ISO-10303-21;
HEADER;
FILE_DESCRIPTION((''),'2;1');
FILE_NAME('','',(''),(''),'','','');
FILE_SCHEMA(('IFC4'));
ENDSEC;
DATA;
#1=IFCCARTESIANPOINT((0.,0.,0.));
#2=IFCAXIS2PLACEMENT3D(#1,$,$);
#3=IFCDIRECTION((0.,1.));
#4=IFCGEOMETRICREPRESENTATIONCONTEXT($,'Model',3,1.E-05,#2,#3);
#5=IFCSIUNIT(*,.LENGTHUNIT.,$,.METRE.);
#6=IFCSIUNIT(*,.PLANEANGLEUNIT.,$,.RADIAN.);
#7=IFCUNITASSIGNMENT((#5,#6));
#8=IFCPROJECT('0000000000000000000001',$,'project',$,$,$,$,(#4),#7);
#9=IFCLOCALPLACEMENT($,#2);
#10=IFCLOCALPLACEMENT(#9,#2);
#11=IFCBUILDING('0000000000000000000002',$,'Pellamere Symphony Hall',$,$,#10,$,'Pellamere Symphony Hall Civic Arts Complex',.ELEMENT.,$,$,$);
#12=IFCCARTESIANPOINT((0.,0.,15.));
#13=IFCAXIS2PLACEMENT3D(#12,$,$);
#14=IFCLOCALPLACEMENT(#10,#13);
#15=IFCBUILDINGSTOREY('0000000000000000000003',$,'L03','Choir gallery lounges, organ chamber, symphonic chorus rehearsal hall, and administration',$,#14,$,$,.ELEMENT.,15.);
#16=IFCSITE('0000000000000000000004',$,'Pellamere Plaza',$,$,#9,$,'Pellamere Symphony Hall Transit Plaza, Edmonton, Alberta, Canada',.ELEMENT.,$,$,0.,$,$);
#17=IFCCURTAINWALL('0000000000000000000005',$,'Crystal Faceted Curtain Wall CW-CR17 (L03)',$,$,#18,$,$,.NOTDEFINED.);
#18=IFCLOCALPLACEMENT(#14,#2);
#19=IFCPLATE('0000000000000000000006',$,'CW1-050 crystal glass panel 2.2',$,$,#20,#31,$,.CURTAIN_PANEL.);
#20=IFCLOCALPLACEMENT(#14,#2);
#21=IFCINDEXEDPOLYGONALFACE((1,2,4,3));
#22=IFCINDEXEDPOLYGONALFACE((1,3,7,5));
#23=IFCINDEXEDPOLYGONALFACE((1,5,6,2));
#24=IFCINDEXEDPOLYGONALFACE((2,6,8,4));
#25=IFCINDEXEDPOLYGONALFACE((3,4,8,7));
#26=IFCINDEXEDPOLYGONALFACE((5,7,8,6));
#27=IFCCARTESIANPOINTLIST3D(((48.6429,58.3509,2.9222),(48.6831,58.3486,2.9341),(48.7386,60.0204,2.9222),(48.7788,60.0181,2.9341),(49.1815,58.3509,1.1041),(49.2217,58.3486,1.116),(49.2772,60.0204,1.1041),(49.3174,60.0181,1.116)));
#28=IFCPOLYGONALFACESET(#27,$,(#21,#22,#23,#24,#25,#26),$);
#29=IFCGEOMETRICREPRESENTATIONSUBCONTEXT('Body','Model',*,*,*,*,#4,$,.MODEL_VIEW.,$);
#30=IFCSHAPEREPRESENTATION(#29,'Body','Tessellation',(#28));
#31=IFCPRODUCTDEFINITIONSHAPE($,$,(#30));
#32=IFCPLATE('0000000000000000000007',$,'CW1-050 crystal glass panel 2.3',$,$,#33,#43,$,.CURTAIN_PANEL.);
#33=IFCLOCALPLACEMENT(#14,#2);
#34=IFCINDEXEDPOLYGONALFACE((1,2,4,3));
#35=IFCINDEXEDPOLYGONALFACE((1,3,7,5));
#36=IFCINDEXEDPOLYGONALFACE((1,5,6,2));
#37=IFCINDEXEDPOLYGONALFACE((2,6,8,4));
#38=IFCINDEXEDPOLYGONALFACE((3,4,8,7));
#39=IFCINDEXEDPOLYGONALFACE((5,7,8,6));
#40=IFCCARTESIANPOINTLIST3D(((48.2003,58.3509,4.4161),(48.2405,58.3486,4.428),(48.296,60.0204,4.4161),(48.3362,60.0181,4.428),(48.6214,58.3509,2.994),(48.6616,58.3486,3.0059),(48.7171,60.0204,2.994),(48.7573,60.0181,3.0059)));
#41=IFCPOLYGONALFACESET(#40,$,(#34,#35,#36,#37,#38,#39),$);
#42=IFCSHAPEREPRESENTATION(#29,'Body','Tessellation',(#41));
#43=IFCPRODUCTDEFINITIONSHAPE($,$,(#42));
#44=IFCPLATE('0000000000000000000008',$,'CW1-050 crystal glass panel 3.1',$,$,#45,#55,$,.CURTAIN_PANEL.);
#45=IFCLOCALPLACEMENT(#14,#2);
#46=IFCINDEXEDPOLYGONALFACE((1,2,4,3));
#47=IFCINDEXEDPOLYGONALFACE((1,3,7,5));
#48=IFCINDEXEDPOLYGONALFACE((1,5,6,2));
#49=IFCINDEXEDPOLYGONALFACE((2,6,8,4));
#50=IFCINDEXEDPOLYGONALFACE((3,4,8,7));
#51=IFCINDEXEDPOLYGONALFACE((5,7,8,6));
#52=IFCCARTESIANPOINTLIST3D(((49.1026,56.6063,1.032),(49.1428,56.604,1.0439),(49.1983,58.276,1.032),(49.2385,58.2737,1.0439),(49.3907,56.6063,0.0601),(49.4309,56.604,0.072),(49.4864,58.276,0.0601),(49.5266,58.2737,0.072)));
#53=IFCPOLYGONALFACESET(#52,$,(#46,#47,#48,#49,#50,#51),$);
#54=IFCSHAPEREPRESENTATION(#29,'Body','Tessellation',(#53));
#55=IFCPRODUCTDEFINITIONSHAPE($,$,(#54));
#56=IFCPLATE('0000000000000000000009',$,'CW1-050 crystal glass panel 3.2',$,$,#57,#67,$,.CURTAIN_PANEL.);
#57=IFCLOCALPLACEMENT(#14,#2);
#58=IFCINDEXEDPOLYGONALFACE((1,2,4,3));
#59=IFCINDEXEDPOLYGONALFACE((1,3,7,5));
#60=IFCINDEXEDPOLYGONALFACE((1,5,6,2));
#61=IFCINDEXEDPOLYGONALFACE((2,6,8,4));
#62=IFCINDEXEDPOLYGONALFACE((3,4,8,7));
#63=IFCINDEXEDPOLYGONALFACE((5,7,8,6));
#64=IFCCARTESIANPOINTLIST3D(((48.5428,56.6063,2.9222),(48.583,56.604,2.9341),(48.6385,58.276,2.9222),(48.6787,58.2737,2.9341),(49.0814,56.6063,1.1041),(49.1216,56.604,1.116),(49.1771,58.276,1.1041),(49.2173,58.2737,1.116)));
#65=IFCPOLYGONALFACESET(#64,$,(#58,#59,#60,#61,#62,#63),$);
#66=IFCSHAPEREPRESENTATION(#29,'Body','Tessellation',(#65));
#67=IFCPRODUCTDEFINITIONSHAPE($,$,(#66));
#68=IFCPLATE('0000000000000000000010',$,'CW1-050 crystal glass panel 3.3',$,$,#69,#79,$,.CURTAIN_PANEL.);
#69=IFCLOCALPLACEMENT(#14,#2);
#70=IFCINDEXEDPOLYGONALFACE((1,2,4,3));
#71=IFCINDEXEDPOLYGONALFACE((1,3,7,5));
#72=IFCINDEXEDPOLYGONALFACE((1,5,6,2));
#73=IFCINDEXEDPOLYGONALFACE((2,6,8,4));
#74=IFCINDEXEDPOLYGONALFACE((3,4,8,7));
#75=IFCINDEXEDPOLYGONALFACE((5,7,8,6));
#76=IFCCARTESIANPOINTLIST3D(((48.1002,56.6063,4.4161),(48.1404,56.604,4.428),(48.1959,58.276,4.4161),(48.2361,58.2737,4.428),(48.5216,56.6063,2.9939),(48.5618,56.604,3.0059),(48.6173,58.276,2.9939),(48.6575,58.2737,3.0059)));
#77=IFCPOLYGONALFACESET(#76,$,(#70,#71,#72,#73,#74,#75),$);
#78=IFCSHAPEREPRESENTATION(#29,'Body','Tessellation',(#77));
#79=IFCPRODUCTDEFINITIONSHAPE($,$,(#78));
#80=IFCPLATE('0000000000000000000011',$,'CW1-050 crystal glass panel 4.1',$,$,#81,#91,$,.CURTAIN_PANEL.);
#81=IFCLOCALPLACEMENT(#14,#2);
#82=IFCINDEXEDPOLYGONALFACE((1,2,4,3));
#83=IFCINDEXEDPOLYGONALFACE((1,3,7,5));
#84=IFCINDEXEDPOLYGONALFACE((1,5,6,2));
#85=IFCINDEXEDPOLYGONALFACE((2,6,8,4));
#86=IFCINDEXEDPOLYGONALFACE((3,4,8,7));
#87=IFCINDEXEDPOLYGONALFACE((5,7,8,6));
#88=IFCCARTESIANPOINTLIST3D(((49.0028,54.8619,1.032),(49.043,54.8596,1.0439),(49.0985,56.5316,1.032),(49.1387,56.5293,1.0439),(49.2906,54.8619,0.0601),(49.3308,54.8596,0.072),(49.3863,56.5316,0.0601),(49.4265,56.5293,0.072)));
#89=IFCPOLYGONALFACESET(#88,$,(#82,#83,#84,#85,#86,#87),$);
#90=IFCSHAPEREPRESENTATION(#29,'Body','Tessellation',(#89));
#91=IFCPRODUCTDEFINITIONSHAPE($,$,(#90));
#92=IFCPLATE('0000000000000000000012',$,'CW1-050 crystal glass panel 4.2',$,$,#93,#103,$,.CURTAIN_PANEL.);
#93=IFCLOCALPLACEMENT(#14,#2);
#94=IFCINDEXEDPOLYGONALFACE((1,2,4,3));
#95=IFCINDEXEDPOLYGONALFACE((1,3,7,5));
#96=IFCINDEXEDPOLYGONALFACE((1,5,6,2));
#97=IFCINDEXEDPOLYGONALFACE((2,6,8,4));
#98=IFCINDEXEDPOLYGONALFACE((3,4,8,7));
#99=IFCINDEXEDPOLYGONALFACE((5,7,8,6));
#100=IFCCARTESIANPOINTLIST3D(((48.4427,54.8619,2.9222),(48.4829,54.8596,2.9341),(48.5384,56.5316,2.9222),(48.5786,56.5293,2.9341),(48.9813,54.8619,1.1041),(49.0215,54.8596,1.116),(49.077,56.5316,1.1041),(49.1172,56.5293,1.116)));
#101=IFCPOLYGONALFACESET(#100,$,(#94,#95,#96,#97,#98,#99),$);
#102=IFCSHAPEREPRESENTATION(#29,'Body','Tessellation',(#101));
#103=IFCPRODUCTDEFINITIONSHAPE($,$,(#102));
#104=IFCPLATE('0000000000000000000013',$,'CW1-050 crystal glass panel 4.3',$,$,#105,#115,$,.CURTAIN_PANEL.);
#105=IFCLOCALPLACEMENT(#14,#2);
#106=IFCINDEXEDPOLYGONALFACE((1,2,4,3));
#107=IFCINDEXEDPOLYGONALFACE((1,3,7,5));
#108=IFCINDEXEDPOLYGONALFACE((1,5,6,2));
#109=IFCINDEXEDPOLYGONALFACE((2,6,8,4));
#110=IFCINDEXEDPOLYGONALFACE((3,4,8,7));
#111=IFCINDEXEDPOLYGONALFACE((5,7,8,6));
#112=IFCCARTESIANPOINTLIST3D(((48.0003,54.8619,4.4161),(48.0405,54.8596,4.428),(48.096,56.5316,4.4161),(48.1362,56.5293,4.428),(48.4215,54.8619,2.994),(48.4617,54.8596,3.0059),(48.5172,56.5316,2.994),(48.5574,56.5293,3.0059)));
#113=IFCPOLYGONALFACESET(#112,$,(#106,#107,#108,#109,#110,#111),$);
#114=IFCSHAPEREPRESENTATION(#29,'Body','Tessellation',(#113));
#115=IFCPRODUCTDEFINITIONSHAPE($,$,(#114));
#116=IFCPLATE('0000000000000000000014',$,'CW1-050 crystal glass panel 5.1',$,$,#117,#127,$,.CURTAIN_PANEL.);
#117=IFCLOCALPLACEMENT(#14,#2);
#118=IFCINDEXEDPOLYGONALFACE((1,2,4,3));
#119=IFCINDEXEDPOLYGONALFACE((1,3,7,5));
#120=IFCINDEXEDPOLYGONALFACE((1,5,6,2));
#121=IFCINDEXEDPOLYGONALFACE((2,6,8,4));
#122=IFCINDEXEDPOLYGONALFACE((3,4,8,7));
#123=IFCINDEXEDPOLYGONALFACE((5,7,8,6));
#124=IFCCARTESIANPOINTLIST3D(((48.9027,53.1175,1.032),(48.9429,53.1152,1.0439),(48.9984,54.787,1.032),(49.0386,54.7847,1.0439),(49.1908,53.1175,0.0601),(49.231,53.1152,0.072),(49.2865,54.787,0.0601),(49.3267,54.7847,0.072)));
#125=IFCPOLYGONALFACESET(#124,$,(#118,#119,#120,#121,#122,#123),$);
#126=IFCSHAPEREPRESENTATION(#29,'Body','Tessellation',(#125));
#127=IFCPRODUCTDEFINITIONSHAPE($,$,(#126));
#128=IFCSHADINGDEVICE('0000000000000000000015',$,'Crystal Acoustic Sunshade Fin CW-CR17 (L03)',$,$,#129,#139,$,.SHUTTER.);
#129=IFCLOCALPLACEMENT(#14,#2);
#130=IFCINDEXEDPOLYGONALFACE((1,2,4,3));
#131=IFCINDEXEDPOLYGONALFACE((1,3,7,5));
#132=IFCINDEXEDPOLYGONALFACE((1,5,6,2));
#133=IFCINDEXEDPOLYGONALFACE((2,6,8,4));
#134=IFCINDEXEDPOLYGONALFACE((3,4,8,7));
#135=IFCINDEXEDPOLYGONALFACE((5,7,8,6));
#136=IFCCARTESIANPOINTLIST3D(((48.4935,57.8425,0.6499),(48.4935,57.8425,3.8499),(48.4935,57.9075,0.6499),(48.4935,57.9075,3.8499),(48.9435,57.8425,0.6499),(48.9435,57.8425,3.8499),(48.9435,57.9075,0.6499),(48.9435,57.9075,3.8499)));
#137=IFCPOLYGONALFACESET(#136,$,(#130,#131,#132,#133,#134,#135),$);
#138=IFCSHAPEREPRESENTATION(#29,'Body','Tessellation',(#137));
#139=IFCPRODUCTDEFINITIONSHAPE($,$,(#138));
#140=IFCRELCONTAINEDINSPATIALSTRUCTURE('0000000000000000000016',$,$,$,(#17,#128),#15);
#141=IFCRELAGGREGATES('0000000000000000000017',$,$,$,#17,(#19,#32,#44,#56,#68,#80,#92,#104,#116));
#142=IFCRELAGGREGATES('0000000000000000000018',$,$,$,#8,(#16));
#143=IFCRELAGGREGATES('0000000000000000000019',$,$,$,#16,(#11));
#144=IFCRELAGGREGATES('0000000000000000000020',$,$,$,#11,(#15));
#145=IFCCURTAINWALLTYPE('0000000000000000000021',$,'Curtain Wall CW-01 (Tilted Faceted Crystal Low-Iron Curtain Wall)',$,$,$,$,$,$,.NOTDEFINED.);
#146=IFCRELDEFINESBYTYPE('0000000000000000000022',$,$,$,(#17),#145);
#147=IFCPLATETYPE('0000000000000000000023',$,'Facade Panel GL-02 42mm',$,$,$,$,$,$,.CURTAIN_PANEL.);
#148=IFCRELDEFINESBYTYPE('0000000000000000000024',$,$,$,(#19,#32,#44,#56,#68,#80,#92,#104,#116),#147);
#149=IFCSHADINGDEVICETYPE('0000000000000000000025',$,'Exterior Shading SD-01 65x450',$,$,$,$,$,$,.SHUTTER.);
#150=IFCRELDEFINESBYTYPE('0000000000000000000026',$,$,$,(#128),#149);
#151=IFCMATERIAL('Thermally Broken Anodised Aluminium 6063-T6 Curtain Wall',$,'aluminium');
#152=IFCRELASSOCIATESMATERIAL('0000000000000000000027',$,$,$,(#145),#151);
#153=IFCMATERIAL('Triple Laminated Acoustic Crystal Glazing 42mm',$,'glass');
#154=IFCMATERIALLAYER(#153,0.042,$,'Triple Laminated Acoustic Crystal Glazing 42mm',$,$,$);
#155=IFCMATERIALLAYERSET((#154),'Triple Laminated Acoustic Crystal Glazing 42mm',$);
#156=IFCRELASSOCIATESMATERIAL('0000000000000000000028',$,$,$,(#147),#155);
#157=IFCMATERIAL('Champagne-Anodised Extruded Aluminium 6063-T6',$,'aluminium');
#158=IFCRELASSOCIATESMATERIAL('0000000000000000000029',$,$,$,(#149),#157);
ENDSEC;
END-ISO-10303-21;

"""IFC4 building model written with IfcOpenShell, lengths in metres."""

from ifc_helpers import new_model, si_unit, direction, frame, origin, origin_2d, place, context, subcontext, project, spatial, polyline, rectangle, outline, extrude, material, layer, layer_set, type_object, element, aggregate, save


model = new_model("IFC4")

# Units and contexts
model_context = context("Model", 3, precision=1e-05, world=origin(), true_north=direction((0.0, 1.0)))
body_context = subcontext(model_context, "Body", "Model", "MODEL_VIEW")
ifc_project = project(units=[si_unit("LENGTHUNIT", "METRE"), si_unit("PLANEANGLEUNIT", "RADIAN")], contexts=[model_context])

# Site, building, storey
site_placement = place(None, origin())
site = spatial("IfcSite", under=ifc_project, at=site_placement, Name="Pellamere Plaza", LongName="Pellamere Symphony Hall Transit Plaza, Edmonton, Alberta, Canada", CompositionType="ELEMENT", RefElevation=0.0)
building_placement = place(site_placement, origin())
building = spatial("IfcBuilding", under=site, at=building_placement, Name="Pellamere Symphony Hall", LongName="Pellamere Symphony Hall Civic Arts Complex", CompositionType="ELEMENT")
storey_placement = place(building_placement, frame((0.0, 0.0, 15.0)))
storey = spatial("IfcBuildingStorey", under=building, at=storey_placement, Name="L03", Description="Choir gallery lounges, organ chamber, symphonic chorus rehearsal hall, and administration", CompositionType="ELEMENT", Elevation=15.0)

# Curtain wall, plates
ifc_material_1 = material(Name="Thermally Broken Anodised Aluminium 6063-T6 Curtain Wall", Category="aluminium")
curtain_wall_type = type_object("IfcCurtainWallType", Name="Curtain Wall CW-01 (Tilted Faceted Crystal Low-Iron Curtain Wall)", PredefinedType="NOTDEFINED", material=ifc_material_1)
curtain_wall_placement = place(storey_placement, origin())
curtain_wall = element("IfcCurtainWall", 1, at=curtain_wall_placement, inside=storey, type_object=curtain_wall_type, Name="Crystal Faceted Curtain Wall CW-CR17 (L03)", PredefinedType="NOTDEFINED")
ifc_material_2 = material(Name="Triple Laminated Acoustic Crystal Glazing 42mm", Category="glass")
ifc_layer = layer(ifc_material_2, 0.042, Name="Triple Laminated Acoustic Crystal Glazing 42mm")
ifc_layer_set = layer_set([ifc_layer], Name="Triple Laminated Acoustic Crystal Glazing 42mm")
plate_type = type_object("IfcPlateType", Name="Facade Panel GL-02 42mm", PredefinedType="CURTAIN_PANEL", material=ifc_layer_set)
plate_1_placement = place(storey_placement, frame((49.3174, 60.0181, 1.116), z_axis=(0.957371, -0.054883, 0.283599), x_axis=(-0.057233, -0.998361, 0.0)))
plate_1 = element("IfcPlate", 2, at=plate_1_placement, type_object=plate_type, Name="CW1-050 crystal glass panel 2.2", PredefinedType="CURTAIN_PANEL", context=body_context, shape_type="SweptSolid", body=[
    extrude(outline(polyline([(0.0, 0.0), (1.6722, 0.0), (1.703, -1.896), (0.0308, -1.896), (0.0, 0.0)])), origin(), (0.0, 0.0, -1.0), 0.042),
])
plate_2_placement = place(storey_placement, frame((48.7573, 60.0181, 3.0059), z_axis=(0.957394, -0.054884, 0.28352), x_axis=(-0.057233, -0.998361, 0.0)))
plate_2 = element("IfcPlate", 3, at=plate_2_placement, type_object=plate_type, Name="CW1-050 crystal glass panel 2.3", PredefinedType="CURTAIN_PANEL", context=body_context, shape_type="SweptSolid", body=[
    extrude(outline(polyline([(0.0, 0.0), (1.6722, 0.0), (1.6963, -1.483), (0.0241, -1.483), (0.0, 0.0)])), origin(), (0.0, 0.0, -1.0), 0.042),
])
plate_3_placement = place(storey_placement, frame((49.5266, 58.2737, 0.072), z_axis=(0.957324, -0.054872, 0.283759), x_axis=(-0.057224, -0.998361, 0.0)))
plate_3 = element("IfcPlate", 4, at=plate_3_placement, type_object=plate_type, Name="CW1-050 crystal glass panel 3.1", PredefinedType="CURTAIN_PANEL", context=body_context, shape_type="SweptSolid", body=[
    extrude(outline(polyline([(0.0, 0.0), (1.6724, 0.0), (1.6889, -1.0136), (0.0165, -1.0136), (0.0, 0.0)])), origin(), (0.0, 0.0, -1.0), 0.042),
])
plate_4_placement = place(storey_placement, frame((49.2173, 58.2737, 1.116), z_axis=(0.957372, -0.054875, 0.283599), x_axis=(-0.057224, -0.998361, 0.0)))
plate_4 = element("IfcPlate", 5, at=plate_4_placement, type_object=plate_type, Name="CW1-050 crystal glass panel 3.2", PredefinedType="CURTAIN_PANEL", context=body_context, shape_type="SweptSolid", body=[
    extrude(outline(polyline([(0.0, 0.0), (1.6724, 0.0), (1.7032, -1.896), (0.0308, -1.896), (0.0, 0.0)])), origin(), (0.0, 0.0, -1.0), 0.042),
])
plate_5_placement = place(storey_placement, frame((48.6575, 58.2737, 3.0059), z_axis=(0.95735, -0.054874, 0.283671), x_axis=(-0.057224, -0.998361, 0.0)))
plate_5 = element("IfcPlate", 6, at=plate_5_placement, type_object=plate_type, Name="CW1-050 crystal glass panel 3.3", PredefinedType="CURTAIN_PANEL", context=body_context, shape_type="SweptSolid", body=[
    extrude(outline(polyline([(0.0, 0.0), (1.6724, 0.0), (1.6965, -1.483), (0.0241, -1.483), (0.0, 0.0)])), origin(), (0.0, 0.0, -1.0), 0.042),
])
plate_6_placement = place(storey_placement, frame((49.4265, 56.5293, 0.072), z_axis=(0.95739, -0.054876, 0.283537), x_axis=(-0.057224, -0.998361, 0.0)))
plate_6 = element("IfcPlate", 7, at=plate_6_placement, type_object=plate_type, Name="CW1-050 crystal glass panel 4.1", PredefinedType="CURTAIN_PANEL", context=body_context, shape_type="SweptSolid", body=[
    extrude(outline(polyline([(0.0, 0.0), (1.6724, 0.0), (1.6889, -1.0135), (0.0165, -1.0135), (0.0, 0.0)])), origin(), (0.0, 0.0, -1.0), 0.042),
])
plate_7_placement = place(storey_placement, frame((49.1172, 56.5293, 1.116), z_axis=(0.957372, -0.054875, 0.283599), x_axis=(-0.057224, -0.998361, 0.0)))
plate_7 = element("IfcPlate", 8, at=plate_7_placement, type_object=plate_type, Name="CW1-050 crystal glass panel 4.2", PredefinedType="CURTAIN_PANEL", context=body_context, shape_type="SweptSolid", body=[
    extrude(outline(polyline([(0.0, 0.0), (1.6724, 0.0), (1.7032, -1.896), (0.0308, -1.896), (0.0, 0.0)])), origin(), (0.0, 0.0, -1.0), 0.042),
])
plate_8_placement = place(storey_placement, frame((48.5574, 56.5293, 3.0059), z_axis=(0.957395, -0.054876, 0.28352), x_axis=(-0.057224, -0.998361, 0.0)))
plate_8 = element("IfcPlate", 9, at=plate_8_placement, type_object=plate_type, Name="CW1-050 crystal glass panel 4.3", PredefinedType="CURTAIN_PANEL", context=body_context, shape_type="SweptSolid", body=[
    extrude(outline(polyline([(0.0, 0.0), (1.6724, 0.0), (1.6965, -1.483), (0.0241, -1.483), (0.0, 0.0)])), origin(), (0.0, 0.0, -1.0), 0.042),
])
plate_9_placement = place(storey_placement, frame((49.3267, 54.7847, 0.072), z_axis=(0.957324, -0.05488, 0.283758), x_axis=(-0.057233, -0.998361, 0.0)))
plate_9 = element("IfcPlate", 10, at=plate_9_placement, type_object=plate_type, Name="CW1-050 crystal glass panel 5.1", PredefinedType="CURTAIN_PANEL", context=body_context, shape_type="SweptSolid", body=[
    extrude(outline(polyline([(0.0, 0.0), (1.6722, 0.0), (1.6887, -1.0136), (0.0165, -1.0136), (0.0, 0.0)])), origin(), (0.0, 0.0, -1.0), 0.042),
])
aggregate(curtain_wall, [plate_1, plate_2, plate_3, plate_4, plate_5, plate_6, plate_7, plate_8, plate_9])

# Shading device
ifc_material_3 = material(Name="Champagne-Anodised Extruded Aluminium 6063-T6", Category="aluminium")
shading_device_type = type_object("IfcShadingDeviceType", Name="Exterior Shading SD-01 65x450", PredefinedType="SHUTTER", material=ifc_material_3)
shading_device_placement = place(storey_placement, frame((48.7185, 57.875, 0.6499), z_axis=(0.0, 0.0, 1.0), x_axis=(0.0, 1.0, 0.0)))
element("IfcShadingDevice", 11, at=shading_device_placement, inside=storey, type_object=shading_device_type, Name="Crystal Acoustic Sunshade Fin CW-CR17 (L03)", PredefinedType="SHUTTER", context=body_context, shape_type="SweptSolid", body=[
    extrude(rectangle(XDim=0.0649, YDim=0.45, at=origin_2d()), origin(), (0.0, 0.0, 1.0), 3.2),
])

save(model, "model.ifc")
